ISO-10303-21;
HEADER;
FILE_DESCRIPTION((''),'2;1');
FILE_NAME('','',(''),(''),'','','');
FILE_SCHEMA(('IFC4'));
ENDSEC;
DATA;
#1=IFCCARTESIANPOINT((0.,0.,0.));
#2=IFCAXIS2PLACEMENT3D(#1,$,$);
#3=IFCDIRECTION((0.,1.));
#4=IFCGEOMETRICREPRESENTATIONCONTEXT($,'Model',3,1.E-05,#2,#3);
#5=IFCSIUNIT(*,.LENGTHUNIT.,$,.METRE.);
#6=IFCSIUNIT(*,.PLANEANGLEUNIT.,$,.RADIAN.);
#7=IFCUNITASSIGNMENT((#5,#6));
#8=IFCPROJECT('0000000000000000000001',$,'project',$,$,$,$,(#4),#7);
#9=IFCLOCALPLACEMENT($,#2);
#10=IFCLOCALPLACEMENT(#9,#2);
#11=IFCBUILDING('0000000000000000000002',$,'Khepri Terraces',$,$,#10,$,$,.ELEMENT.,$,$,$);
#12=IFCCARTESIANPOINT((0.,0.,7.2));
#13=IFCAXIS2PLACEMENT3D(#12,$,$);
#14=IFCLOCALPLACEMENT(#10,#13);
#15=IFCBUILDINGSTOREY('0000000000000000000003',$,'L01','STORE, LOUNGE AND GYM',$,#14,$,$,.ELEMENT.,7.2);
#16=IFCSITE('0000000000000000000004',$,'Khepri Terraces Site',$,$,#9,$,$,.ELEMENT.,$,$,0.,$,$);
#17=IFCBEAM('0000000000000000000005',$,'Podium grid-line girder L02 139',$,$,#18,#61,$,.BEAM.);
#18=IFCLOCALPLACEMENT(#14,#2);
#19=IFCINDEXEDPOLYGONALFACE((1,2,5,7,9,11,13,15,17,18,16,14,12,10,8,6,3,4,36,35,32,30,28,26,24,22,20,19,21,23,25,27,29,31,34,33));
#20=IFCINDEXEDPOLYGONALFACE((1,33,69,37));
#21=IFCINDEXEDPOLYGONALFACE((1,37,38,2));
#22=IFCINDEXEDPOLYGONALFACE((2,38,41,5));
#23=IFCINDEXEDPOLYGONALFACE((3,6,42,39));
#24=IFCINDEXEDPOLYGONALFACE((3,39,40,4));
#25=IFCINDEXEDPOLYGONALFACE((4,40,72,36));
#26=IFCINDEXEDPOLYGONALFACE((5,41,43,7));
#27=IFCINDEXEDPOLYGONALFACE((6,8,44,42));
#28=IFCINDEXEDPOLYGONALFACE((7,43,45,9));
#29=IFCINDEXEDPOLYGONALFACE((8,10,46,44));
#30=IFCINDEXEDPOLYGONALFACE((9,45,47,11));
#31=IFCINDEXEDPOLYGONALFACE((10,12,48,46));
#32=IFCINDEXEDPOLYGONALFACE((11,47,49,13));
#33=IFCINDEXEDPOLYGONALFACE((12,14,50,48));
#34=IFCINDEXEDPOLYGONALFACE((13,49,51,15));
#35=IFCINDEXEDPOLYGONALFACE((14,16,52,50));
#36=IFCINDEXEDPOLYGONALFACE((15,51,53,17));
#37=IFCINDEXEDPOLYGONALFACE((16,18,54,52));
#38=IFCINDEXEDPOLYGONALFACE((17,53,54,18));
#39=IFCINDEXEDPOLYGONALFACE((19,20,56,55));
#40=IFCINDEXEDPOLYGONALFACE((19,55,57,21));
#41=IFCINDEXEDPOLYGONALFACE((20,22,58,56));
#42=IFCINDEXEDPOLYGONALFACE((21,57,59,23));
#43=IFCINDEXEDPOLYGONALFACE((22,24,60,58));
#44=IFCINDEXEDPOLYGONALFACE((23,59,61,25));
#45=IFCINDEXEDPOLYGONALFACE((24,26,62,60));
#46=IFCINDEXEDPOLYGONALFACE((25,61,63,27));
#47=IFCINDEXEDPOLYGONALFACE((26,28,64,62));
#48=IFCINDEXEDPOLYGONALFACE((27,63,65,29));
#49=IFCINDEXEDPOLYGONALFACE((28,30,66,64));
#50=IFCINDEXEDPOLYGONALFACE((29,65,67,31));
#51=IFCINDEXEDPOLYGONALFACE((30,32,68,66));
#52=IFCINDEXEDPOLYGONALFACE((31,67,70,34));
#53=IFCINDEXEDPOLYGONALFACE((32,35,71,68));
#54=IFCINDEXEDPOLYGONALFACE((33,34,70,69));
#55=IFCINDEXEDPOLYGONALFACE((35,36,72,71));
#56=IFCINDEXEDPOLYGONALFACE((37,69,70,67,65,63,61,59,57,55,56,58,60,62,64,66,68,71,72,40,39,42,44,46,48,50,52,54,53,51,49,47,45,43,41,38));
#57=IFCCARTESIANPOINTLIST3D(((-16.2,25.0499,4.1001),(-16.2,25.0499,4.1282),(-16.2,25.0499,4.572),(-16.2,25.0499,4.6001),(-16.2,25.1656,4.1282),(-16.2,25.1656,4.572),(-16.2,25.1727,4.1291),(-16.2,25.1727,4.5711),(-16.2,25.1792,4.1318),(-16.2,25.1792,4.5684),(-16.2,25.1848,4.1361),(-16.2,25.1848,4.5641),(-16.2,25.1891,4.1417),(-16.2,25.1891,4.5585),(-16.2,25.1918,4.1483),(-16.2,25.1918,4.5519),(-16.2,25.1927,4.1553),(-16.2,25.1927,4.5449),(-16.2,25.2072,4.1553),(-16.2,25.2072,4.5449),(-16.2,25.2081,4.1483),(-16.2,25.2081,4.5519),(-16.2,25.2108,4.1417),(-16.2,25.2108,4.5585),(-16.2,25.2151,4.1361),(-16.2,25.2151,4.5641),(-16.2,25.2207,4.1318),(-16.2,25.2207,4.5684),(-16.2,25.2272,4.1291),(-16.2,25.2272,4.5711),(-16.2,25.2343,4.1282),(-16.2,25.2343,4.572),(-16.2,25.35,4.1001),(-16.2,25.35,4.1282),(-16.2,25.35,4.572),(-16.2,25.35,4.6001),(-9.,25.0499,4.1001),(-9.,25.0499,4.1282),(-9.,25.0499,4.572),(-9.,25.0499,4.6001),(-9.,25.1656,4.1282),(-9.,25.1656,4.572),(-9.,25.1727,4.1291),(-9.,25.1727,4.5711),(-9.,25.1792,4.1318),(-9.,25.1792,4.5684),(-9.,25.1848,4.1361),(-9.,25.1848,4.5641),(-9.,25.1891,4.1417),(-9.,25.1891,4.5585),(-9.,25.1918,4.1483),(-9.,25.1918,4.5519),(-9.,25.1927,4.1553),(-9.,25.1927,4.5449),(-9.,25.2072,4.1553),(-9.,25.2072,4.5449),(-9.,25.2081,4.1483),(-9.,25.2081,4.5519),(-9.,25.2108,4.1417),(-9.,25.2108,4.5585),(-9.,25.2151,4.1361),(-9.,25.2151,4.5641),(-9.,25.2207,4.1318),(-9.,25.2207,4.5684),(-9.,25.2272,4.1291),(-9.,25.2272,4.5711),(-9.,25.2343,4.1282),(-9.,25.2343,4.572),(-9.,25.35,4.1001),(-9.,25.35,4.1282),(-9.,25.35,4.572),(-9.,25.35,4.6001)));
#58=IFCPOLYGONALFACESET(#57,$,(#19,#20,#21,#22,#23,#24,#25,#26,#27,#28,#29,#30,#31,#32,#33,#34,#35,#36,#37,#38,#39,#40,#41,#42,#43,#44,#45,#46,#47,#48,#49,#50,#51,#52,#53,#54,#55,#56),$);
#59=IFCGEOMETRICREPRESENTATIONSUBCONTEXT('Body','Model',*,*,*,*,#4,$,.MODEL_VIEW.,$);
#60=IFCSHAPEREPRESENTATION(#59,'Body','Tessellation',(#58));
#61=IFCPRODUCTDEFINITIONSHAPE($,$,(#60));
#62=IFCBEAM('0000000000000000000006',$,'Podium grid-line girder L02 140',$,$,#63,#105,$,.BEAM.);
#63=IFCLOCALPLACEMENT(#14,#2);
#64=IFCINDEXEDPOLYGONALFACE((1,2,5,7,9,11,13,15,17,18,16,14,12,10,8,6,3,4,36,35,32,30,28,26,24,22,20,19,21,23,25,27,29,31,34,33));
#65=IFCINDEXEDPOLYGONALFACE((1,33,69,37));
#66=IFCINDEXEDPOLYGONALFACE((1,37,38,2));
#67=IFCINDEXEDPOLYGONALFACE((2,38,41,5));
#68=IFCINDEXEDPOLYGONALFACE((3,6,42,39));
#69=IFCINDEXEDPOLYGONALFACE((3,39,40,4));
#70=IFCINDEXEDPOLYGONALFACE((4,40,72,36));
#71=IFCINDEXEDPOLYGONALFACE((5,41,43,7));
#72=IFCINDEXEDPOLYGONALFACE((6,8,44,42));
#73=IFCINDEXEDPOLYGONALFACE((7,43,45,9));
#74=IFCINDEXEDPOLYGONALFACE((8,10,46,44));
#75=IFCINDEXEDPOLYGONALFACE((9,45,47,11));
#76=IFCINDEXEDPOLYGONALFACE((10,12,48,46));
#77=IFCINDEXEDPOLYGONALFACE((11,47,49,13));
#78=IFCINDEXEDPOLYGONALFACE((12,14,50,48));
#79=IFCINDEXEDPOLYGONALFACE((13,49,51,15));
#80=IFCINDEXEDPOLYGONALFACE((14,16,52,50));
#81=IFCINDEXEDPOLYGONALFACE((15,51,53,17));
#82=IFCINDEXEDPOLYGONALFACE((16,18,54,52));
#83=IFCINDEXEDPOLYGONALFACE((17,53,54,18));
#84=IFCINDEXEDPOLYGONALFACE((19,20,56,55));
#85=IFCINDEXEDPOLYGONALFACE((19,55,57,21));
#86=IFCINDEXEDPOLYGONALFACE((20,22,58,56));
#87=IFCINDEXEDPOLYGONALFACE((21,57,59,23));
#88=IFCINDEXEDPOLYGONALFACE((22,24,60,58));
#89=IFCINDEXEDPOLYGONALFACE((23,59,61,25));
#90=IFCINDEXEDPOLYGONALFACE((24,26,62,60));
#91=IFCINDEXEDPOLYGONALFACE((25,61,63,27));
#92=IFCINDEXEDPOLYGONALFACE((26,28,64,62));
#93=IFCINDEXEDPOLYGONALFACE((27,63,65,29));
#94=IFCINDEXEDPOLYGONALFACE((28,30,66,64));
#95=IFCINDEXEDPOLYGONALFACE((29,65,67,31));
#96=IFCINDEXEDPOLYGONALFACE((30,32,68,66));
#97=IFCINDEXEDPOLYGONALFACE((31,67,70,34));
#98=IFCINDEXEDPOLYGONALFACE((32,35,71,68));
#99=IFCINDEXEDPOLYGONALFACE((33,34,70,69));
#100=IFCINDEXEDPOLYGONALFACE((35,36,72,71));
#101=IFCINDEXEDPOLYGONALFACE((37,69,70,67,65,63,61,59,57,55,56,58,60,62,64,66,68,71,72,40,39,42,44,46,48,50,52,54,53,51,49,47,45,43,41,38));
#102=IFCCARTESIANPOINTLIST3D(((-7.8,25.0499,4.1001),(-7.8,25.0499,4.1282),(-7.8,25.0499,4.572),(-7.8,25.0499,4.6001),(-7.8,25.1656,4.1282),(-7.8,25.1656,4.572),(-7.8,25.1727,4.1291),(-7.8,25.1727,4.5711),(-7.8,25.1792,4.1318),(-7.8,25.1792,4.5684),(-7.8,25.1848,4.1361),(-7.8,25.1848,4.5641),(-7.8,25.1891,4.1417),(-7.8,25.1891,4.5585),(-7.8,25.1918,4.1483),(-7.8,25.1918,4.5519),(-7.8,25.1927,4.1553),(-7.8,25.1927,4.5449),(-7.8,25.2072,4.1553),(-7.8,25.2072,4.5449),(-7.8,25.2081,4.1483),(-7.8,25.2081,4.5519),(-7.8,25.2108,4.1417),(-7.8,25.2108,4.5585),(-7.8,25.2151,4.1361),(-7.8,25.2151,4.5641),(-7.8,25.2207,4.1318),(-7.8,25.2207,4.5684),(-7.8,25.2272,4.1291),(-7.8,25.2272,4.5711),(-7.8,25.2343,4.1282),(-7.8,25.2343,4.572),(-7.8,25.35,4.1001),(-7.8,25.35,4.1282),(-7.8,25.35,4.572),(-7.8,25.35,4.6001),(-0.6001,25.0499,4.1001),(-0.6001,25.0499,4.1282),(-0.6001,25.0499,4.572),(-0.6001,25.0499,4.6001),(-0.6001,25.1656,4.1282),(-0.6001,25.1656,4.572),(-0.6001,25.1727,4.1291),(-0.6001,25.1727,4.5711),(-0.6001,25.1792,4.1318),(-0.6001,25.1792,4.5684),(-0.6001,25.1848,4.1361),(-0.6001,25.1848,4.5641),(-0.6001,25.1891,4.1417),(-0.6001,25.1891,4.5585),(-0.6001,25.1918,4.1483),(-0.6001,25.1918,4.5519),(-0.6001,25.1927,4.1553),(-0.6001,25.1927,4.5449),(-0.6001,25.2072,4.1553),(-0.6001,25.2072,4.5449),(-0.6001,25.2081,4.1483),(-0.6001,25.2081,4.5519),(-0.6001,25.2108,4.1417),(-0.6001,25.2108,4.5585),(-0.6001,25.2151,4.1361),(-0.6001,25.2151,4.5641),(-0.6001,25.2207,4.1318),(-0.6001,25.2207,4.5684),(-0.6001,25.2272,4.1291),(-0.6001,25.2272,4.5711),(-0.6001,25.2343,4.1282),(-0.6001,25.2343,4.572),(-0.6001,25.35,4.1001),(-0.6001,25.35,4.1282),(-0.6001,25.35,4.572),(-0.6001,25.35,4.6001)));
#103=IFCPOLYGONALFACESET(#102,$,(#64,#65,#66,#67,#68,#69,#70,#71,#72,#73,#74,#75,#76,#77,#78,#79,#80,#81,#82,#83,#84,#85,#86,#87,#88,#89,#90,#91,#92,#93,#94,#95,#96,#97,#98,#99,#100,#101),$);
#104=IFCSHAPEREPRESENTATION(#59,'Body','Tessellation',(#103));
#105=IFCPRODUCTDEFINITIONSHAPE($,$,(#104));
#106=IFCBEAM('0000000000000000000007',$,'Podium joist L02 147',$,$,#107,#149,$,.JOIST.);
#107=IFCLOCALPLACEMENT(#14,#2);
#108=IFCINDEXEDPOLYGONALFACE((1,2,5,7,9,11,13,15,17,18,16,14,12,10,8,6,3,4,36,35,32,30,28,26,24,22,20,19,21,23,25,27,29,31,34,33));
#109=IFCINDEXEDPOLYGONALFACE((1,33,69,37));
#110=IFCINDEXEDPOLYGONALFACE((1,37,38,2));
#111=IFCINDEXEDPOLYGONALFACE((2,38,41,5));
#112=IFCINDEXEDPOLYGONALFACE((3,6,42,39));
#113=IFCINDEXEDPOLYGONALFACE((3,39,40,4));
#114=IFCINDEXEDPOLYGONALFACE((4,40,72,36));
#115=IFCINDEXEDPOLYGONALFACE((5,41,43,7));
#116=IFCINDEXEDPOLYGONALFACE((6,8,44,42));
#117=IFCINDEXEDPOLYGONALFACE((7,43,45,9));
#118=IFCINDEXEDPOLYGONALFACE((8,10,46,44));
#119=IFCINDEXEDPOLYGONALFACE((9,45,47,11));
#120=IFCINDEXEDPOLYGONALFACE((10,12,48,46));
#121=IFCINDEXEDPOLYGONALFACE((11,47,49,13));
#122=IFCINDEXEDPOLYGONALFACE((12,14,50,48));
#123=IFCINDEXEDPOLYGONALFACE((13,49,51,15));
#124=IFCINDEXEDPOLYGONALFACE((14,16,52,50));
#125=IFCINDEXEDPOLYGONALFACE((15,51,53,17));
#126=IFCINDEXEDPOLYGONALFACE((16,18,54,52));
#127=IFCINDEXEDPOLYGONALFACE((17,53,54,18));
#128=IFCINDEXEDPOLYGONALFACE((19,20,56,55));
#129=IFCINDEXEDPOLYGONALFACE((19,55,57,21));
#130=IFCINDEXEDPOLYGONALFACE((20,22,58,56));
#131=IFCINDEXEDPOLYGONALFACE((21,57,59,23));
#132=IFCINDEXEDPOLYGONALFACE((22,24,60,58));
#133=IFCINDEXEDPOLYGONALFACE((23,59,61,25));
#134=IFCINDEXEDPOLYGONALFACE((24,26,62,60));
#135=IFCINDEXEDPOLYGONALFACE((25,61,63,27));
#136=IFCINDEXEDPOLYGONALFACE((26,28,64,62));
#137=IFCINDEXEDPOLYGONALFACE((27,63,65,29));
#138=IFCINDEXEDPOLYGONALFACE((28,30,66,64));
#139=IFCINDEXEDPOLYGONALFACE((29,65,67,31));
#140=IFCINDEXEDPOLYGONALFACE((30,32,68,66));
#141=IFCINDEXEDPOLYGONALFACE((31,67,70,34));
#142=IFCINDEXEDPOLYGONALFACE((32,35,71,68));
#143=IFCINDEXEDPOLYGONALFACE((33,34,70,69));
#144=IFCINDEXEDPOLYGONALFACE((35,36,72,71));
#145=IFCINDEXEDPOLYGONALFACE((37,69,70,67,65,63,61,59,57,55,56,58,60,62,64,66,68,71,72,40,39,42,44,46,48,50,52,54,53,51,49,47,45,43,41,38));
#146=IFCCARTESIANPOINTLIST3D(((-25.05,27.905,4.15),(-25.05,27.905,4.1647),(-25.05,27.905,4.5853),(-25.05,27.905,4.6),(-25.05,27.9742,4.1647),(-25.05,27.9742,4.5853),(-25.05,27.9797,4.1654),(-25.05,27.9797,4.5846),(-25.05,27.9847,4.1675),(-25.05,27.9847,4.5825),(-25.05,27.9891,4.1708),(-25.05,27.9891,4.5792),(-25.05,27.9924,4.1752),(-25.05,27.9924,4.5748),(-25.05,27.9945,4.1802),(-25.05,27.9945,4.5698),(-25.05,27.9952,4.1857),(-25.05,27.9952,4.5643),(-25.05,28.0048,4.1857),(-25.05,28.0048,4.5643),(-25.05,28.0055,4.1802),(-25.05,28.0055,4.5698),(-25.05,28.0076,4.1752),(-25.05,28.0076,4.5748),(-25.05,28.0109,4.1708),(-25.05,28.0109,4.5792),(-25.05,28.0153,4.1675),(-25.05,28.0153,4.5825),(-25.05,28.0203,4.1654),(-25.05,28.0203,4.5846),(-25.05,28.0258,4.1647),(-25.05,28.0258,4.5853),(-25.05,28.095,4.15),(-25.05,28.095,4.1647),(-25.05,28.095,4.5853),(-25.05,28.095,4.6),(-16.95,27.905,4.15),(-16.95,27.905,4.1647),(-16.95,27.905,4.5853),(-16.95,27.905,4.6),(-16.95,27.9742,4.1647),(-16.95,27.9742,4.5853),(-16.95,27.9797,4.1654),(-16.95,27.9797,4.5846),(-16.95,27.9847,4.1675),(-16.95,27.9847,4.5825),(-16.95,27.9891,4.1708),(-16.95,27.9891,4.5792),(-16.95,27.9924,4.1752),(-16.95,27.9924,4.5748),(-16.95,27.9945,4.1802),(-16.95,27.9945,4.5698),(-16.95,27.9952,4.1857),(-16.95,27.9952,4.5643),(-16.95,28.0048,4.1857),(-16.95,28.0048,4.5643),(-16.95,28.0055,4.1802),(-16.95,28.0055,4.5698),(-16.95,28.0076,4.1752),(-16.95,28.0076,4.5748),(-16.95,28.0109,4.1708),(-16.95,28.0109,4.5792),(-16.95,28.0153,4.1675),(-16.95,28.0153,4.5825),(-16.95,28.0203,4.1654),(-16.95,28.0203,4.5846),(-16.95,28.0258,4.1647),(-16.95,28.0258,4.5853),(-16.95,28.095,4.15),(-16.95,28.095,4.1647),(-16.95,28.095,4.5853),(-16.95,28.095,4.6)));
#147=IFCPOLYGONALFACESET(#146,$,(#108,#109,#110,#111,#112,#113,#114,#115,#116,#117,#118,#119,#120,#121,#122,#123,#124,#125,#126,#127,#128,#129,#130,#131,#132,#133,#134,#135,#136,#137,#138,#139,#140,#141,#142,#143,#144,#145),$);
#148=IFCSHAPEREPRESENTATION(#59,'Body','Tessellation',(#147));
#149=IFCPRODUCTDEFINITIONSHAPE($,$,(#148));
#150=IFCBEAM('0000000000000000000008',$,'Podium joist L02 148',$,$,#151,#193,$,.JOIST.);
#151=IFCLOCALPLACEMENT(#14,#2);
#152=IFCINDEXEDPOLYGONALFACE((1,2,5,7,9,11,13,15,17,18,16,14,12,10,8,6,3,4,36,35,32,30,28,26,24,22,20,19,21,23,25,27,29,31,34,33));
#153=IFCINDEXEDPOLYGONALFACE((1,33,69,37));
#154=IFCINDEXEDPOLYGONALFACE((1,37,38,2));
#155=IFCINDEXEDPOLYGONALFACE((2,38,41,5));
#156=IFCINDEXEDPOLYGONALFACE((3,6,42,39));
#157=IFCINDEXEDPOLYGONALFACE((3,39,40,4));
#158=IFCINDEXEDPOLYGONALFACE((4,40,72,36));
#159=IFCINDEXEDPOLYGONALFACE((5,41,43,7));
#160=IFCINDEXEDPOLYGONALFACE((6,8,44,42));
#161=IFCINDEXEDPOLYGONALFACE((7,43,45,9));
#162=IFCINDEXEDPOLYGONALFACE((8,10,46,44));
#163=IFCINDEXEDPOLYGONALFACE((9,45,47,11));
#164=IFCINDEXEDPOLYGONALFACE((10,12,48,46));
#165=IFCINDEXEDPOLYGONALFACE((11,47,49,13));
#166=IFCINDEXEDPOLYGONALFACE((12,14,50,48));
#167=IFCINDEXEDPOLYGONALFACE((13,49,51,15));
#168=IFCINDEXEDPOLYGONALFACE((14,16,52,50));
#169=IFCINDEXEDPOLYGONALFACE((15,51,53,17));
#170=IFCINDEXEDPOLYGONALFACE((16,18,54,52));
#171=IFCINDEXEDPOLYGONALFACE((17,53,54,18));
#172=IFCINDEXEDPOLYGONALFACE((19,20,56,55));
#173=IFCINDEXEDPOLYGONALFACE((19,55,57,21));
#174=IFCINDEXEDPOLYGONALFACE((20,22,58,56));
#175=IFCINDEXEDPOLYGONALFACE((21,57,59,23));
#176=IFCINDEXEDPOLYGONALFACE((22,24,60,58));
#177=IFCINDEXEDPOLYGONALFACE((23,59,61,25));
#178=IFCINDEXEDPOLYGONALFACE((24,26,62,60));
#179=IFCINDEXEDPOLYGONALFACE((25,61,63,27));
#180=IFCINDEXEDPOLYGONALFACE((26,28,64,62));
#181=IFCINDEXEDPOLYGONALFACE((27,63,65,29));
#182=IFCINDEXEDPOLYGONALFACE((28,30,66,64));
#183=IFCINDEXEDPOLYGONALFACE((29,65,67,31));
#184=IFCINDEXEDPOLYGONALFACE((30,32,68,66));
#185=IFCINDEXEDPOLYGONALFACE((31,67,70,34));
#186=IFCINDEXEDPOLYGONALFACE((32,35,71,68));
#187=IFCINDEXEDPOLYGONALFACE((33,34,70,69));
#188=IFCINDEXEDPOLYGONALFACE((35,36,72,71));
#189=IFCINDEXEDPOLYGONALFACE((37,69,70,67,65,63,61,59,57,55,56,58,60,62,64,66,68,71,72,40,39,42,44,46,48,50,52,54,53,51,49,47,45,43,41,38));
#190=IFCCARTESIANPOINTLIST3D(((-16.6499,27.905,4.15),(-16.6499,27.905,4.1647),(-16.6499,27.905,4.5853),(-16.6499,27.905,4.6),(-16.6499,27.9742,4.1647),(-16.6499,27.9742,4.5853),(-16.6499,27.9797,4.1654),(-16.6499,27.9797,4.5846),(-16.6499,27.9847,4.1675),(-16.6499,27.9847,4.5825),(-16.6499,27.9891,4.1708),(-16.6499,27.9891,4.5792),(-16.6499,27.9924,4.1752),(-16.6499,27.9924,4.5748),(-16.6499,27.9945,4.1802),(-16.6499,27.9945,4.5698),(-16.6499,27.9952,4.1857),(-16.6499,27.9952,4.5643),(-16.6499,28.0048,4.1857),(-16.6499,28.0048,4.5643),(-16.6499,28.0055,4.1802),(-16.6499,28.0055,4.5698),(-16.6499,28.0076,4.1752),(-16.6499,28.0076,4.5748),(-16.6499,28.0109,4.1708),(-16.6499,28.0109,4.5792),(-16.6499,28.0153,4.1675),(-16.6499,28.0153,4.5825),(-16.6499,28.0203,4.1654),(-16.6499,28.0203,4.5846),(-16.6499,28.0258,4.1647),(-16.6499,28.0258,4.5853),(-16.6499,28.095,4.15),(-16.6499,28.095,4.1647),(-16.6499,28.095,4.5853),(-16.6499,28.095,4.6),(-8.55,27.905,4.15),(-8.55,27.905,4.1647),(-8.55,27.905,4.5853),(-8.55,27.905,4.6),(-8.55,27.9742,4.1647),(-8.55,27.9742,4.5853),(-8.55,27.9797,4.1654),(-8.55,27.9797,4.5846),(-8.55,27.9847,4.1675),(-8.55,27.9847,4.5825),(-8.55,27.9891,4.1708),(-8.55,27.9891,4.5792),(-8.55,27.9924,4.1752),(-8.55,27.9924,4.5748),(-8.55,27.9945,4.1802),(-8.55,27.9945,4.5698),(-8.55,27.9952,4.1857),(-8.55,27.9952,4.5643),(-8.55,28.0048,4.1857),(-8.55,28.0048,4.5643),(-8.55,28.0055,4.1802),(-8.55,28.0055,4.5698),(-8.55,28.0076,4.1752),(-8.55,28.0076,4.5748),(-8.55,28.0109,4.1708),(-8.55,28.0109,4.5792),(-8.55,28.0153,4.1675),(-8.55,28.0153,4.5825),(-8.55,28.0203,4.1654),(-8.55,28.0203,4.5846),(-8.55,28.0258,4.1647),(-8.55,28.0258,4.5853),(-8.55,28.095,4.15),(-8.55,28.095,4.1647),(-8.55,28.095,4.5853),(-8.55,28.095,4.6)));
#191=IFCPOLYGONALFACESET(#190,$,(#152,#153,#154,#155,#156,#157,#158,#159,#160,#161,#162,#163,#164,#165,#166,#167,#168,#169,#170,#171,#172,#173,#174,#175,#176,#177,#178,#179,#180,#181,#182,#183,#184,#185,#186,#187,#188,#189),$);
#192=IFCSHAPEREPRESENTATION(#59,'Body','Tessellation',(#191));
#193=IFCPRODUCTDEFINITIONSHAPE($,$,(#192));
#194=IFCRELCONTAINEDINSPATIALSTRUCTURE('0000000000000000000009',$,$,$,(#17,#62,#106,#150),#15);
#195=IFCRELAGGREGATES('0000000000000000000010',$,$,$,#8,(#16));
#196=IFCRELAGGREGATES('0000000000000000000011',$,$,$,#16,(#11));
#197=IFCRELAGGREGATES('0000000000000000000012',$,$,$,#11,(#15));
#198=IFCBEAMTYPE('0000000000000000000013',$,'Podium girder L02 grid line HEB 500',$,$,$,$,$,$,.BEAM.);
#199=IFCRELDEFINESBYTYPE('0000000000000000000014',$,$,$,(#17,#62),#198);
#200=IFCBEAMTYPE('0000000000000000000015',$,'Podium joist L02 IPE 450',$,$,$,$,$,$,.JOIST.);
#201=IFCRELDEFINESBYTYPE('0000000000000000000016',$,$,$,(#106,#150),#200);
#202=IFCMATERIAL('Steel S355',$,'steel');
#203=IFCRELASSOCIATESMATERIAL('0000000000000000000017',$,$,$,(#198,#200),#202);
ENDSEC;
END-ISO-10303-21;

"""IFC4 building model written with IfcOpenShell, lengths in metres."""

from ifc_helpers import new_model, si_unit, direction, frame, origin, origin_2d, place, context, subcontext, project, spatial, i_section, extrude, material, material_profile, profile_set, type_object, element, save


model = new_model("IFC4")

# Units and contexts
model_context = context("Model", 3, precision=1e-05, world=origin(), true_north=direction((0.0, 1.0)))
body_context = subcontext(model_context, "Body", "Model", "MODEL_VIEW")
ifc_project = project(units=[si_unit("LENGTHUNIT", "METRE"), si_unit("PLANEANGLEUNIT", "RADIAN")], contexts=[model_context])

# Site, building, storey
site_placement = place(None, origin())
site = spatial("IfcSite", under=ifc_project, at=site_placement, Name="Khepri Terraces Site", CompositionType="ELEMENT", RefElevation=0.0)
building_placement = place(site_placement, origin())
building = spatial("IfcBuilding", under=site, at=building_placement, Name="Khepri Terraces", CompositionType="ELEMENT")
storey_placement = place(building_placement, frame((0.0, 0.0, 7.2)))
storey = spatial("IfcBuildingStorey", under=building, at=storey_placement, Name="L01", Description="STORE, LOUNGE AND GYM", CompositionType="ELEMENT", Elevation=7.2)

# Beams
ifc_material_1 = material(Name="Steel S355", Category="steel")
ifc_material_profile_1 = material_profile(ifc_material_1, i_section(OverallWidth=0.3, OverallDepth=0.5, WebThickness=0.0144, FlangeThickness=0.0281, FilletRadius=0.0271, at=origin_2d()), Name="Steel S355", Category="steel")
ifc_profile_set_1 = profile_set([ifc_material_profile_1], Name="Steel S355")
beam_type_1 = type_object("IfcBeamType", Name="Podium girder L02 grid line HEB 500", PredefinedType="BEAM", material=ifc_profile_set_1)
for number, where, z_axis, x_axis, name in (
    (1, (-16.2, 25.2, 4.3501), (1.0, 0.0, 0.0), (0.0, 1.0, 0.0), "Podium grid-line girder L02 139"),
    (2, (-7.8, 25.2, 4.3501), (1.0, 0.0, 0.0), (0.0, 1.0, 0.0), "Podium grid-line girder L02 140"),
):
    element("IfcBeam", number, at=place(storey_placement, frame(where, z_axis=z_axis, x_axis=x_axis)), inside=storey, type_object=beam_type_1, Name=name, PredefinedType="BEAM", context=body_context, shape_type="SweptSolid", body=[
        extrude(i_section(OverallWidth=0.3, OverallDepth=0.5, WebThickness=0.0144, FlangeThickness=0.0281, FilletRadius=0.0271, at=origin_2d()), origin(), (0.0, 0.0, 1.0), 7.2),
    ])
ifc_material_profile_2 = material_profile(ifc_material_1, i_section(OverallWidth=0.1899, OverallDepth=0.45, WebThickness=0.0095, FlangeThickness=0.0146, FilletRadius=0.021, at=origin_2d()), Name="Steel S355", Category="steel")
ifc_profile_set_2 = profile_set([ifc_material_profile_2], Name="Steel S355")
beam_type_2 = type_object("IfcBeamType", Name="Podium joist L02 IPE 450", PredefinedType="JOIST", material=ifc_profile_set_2)
beam_1_placement = place(storey_placement, frame((-25.05, 28.0, 4.375), z_axis=(1.0, 0.0, 0.0), x_axis=(0.0, 1.0, 0.0)))
element("IfcBeam", 3, at=beam_1_placement, inside=storey, type_object=beam_type_2, Name="Podium joist L02 147", PredefinedType="JOIST", context=body_context, shape_type="SweptSolid", body=[
    extrude(i_section(OverallWidth=0.1899, OverallDepth=0.45, WebThickness=0.0095, FlangeThickness=0.0146, FilletRadius=0.021, at=origin_2d()), origin(), (0.0, 0.0, 1.0), 8.1001),
])
beam_2_placement = place(storey_placement, frame((-16.6499, 28.0, 4.375), z_axis=(1.0, 0.0, 0.0), x_axis=(0.0, 1.0, 0.0)))
element("IfcBeam", 4, at=beam_2_placement, inside=storey, type_object=beam_type_2, Name="Podium joist L02 148", PredefinedType="JOIST", context=body_context, shape_type="SweptSolid", body=[
    extrude(i_section(OverallWidth=0.1899, OverallDepth=0.45, WebThickness=0.0095, FlangeThickness=0.0146, FilletRadius=0.021, at=origin_2d()), origin(), (0.0, 0.0, 1.0), 8.0999),
])

save(model, "model.ifc")
